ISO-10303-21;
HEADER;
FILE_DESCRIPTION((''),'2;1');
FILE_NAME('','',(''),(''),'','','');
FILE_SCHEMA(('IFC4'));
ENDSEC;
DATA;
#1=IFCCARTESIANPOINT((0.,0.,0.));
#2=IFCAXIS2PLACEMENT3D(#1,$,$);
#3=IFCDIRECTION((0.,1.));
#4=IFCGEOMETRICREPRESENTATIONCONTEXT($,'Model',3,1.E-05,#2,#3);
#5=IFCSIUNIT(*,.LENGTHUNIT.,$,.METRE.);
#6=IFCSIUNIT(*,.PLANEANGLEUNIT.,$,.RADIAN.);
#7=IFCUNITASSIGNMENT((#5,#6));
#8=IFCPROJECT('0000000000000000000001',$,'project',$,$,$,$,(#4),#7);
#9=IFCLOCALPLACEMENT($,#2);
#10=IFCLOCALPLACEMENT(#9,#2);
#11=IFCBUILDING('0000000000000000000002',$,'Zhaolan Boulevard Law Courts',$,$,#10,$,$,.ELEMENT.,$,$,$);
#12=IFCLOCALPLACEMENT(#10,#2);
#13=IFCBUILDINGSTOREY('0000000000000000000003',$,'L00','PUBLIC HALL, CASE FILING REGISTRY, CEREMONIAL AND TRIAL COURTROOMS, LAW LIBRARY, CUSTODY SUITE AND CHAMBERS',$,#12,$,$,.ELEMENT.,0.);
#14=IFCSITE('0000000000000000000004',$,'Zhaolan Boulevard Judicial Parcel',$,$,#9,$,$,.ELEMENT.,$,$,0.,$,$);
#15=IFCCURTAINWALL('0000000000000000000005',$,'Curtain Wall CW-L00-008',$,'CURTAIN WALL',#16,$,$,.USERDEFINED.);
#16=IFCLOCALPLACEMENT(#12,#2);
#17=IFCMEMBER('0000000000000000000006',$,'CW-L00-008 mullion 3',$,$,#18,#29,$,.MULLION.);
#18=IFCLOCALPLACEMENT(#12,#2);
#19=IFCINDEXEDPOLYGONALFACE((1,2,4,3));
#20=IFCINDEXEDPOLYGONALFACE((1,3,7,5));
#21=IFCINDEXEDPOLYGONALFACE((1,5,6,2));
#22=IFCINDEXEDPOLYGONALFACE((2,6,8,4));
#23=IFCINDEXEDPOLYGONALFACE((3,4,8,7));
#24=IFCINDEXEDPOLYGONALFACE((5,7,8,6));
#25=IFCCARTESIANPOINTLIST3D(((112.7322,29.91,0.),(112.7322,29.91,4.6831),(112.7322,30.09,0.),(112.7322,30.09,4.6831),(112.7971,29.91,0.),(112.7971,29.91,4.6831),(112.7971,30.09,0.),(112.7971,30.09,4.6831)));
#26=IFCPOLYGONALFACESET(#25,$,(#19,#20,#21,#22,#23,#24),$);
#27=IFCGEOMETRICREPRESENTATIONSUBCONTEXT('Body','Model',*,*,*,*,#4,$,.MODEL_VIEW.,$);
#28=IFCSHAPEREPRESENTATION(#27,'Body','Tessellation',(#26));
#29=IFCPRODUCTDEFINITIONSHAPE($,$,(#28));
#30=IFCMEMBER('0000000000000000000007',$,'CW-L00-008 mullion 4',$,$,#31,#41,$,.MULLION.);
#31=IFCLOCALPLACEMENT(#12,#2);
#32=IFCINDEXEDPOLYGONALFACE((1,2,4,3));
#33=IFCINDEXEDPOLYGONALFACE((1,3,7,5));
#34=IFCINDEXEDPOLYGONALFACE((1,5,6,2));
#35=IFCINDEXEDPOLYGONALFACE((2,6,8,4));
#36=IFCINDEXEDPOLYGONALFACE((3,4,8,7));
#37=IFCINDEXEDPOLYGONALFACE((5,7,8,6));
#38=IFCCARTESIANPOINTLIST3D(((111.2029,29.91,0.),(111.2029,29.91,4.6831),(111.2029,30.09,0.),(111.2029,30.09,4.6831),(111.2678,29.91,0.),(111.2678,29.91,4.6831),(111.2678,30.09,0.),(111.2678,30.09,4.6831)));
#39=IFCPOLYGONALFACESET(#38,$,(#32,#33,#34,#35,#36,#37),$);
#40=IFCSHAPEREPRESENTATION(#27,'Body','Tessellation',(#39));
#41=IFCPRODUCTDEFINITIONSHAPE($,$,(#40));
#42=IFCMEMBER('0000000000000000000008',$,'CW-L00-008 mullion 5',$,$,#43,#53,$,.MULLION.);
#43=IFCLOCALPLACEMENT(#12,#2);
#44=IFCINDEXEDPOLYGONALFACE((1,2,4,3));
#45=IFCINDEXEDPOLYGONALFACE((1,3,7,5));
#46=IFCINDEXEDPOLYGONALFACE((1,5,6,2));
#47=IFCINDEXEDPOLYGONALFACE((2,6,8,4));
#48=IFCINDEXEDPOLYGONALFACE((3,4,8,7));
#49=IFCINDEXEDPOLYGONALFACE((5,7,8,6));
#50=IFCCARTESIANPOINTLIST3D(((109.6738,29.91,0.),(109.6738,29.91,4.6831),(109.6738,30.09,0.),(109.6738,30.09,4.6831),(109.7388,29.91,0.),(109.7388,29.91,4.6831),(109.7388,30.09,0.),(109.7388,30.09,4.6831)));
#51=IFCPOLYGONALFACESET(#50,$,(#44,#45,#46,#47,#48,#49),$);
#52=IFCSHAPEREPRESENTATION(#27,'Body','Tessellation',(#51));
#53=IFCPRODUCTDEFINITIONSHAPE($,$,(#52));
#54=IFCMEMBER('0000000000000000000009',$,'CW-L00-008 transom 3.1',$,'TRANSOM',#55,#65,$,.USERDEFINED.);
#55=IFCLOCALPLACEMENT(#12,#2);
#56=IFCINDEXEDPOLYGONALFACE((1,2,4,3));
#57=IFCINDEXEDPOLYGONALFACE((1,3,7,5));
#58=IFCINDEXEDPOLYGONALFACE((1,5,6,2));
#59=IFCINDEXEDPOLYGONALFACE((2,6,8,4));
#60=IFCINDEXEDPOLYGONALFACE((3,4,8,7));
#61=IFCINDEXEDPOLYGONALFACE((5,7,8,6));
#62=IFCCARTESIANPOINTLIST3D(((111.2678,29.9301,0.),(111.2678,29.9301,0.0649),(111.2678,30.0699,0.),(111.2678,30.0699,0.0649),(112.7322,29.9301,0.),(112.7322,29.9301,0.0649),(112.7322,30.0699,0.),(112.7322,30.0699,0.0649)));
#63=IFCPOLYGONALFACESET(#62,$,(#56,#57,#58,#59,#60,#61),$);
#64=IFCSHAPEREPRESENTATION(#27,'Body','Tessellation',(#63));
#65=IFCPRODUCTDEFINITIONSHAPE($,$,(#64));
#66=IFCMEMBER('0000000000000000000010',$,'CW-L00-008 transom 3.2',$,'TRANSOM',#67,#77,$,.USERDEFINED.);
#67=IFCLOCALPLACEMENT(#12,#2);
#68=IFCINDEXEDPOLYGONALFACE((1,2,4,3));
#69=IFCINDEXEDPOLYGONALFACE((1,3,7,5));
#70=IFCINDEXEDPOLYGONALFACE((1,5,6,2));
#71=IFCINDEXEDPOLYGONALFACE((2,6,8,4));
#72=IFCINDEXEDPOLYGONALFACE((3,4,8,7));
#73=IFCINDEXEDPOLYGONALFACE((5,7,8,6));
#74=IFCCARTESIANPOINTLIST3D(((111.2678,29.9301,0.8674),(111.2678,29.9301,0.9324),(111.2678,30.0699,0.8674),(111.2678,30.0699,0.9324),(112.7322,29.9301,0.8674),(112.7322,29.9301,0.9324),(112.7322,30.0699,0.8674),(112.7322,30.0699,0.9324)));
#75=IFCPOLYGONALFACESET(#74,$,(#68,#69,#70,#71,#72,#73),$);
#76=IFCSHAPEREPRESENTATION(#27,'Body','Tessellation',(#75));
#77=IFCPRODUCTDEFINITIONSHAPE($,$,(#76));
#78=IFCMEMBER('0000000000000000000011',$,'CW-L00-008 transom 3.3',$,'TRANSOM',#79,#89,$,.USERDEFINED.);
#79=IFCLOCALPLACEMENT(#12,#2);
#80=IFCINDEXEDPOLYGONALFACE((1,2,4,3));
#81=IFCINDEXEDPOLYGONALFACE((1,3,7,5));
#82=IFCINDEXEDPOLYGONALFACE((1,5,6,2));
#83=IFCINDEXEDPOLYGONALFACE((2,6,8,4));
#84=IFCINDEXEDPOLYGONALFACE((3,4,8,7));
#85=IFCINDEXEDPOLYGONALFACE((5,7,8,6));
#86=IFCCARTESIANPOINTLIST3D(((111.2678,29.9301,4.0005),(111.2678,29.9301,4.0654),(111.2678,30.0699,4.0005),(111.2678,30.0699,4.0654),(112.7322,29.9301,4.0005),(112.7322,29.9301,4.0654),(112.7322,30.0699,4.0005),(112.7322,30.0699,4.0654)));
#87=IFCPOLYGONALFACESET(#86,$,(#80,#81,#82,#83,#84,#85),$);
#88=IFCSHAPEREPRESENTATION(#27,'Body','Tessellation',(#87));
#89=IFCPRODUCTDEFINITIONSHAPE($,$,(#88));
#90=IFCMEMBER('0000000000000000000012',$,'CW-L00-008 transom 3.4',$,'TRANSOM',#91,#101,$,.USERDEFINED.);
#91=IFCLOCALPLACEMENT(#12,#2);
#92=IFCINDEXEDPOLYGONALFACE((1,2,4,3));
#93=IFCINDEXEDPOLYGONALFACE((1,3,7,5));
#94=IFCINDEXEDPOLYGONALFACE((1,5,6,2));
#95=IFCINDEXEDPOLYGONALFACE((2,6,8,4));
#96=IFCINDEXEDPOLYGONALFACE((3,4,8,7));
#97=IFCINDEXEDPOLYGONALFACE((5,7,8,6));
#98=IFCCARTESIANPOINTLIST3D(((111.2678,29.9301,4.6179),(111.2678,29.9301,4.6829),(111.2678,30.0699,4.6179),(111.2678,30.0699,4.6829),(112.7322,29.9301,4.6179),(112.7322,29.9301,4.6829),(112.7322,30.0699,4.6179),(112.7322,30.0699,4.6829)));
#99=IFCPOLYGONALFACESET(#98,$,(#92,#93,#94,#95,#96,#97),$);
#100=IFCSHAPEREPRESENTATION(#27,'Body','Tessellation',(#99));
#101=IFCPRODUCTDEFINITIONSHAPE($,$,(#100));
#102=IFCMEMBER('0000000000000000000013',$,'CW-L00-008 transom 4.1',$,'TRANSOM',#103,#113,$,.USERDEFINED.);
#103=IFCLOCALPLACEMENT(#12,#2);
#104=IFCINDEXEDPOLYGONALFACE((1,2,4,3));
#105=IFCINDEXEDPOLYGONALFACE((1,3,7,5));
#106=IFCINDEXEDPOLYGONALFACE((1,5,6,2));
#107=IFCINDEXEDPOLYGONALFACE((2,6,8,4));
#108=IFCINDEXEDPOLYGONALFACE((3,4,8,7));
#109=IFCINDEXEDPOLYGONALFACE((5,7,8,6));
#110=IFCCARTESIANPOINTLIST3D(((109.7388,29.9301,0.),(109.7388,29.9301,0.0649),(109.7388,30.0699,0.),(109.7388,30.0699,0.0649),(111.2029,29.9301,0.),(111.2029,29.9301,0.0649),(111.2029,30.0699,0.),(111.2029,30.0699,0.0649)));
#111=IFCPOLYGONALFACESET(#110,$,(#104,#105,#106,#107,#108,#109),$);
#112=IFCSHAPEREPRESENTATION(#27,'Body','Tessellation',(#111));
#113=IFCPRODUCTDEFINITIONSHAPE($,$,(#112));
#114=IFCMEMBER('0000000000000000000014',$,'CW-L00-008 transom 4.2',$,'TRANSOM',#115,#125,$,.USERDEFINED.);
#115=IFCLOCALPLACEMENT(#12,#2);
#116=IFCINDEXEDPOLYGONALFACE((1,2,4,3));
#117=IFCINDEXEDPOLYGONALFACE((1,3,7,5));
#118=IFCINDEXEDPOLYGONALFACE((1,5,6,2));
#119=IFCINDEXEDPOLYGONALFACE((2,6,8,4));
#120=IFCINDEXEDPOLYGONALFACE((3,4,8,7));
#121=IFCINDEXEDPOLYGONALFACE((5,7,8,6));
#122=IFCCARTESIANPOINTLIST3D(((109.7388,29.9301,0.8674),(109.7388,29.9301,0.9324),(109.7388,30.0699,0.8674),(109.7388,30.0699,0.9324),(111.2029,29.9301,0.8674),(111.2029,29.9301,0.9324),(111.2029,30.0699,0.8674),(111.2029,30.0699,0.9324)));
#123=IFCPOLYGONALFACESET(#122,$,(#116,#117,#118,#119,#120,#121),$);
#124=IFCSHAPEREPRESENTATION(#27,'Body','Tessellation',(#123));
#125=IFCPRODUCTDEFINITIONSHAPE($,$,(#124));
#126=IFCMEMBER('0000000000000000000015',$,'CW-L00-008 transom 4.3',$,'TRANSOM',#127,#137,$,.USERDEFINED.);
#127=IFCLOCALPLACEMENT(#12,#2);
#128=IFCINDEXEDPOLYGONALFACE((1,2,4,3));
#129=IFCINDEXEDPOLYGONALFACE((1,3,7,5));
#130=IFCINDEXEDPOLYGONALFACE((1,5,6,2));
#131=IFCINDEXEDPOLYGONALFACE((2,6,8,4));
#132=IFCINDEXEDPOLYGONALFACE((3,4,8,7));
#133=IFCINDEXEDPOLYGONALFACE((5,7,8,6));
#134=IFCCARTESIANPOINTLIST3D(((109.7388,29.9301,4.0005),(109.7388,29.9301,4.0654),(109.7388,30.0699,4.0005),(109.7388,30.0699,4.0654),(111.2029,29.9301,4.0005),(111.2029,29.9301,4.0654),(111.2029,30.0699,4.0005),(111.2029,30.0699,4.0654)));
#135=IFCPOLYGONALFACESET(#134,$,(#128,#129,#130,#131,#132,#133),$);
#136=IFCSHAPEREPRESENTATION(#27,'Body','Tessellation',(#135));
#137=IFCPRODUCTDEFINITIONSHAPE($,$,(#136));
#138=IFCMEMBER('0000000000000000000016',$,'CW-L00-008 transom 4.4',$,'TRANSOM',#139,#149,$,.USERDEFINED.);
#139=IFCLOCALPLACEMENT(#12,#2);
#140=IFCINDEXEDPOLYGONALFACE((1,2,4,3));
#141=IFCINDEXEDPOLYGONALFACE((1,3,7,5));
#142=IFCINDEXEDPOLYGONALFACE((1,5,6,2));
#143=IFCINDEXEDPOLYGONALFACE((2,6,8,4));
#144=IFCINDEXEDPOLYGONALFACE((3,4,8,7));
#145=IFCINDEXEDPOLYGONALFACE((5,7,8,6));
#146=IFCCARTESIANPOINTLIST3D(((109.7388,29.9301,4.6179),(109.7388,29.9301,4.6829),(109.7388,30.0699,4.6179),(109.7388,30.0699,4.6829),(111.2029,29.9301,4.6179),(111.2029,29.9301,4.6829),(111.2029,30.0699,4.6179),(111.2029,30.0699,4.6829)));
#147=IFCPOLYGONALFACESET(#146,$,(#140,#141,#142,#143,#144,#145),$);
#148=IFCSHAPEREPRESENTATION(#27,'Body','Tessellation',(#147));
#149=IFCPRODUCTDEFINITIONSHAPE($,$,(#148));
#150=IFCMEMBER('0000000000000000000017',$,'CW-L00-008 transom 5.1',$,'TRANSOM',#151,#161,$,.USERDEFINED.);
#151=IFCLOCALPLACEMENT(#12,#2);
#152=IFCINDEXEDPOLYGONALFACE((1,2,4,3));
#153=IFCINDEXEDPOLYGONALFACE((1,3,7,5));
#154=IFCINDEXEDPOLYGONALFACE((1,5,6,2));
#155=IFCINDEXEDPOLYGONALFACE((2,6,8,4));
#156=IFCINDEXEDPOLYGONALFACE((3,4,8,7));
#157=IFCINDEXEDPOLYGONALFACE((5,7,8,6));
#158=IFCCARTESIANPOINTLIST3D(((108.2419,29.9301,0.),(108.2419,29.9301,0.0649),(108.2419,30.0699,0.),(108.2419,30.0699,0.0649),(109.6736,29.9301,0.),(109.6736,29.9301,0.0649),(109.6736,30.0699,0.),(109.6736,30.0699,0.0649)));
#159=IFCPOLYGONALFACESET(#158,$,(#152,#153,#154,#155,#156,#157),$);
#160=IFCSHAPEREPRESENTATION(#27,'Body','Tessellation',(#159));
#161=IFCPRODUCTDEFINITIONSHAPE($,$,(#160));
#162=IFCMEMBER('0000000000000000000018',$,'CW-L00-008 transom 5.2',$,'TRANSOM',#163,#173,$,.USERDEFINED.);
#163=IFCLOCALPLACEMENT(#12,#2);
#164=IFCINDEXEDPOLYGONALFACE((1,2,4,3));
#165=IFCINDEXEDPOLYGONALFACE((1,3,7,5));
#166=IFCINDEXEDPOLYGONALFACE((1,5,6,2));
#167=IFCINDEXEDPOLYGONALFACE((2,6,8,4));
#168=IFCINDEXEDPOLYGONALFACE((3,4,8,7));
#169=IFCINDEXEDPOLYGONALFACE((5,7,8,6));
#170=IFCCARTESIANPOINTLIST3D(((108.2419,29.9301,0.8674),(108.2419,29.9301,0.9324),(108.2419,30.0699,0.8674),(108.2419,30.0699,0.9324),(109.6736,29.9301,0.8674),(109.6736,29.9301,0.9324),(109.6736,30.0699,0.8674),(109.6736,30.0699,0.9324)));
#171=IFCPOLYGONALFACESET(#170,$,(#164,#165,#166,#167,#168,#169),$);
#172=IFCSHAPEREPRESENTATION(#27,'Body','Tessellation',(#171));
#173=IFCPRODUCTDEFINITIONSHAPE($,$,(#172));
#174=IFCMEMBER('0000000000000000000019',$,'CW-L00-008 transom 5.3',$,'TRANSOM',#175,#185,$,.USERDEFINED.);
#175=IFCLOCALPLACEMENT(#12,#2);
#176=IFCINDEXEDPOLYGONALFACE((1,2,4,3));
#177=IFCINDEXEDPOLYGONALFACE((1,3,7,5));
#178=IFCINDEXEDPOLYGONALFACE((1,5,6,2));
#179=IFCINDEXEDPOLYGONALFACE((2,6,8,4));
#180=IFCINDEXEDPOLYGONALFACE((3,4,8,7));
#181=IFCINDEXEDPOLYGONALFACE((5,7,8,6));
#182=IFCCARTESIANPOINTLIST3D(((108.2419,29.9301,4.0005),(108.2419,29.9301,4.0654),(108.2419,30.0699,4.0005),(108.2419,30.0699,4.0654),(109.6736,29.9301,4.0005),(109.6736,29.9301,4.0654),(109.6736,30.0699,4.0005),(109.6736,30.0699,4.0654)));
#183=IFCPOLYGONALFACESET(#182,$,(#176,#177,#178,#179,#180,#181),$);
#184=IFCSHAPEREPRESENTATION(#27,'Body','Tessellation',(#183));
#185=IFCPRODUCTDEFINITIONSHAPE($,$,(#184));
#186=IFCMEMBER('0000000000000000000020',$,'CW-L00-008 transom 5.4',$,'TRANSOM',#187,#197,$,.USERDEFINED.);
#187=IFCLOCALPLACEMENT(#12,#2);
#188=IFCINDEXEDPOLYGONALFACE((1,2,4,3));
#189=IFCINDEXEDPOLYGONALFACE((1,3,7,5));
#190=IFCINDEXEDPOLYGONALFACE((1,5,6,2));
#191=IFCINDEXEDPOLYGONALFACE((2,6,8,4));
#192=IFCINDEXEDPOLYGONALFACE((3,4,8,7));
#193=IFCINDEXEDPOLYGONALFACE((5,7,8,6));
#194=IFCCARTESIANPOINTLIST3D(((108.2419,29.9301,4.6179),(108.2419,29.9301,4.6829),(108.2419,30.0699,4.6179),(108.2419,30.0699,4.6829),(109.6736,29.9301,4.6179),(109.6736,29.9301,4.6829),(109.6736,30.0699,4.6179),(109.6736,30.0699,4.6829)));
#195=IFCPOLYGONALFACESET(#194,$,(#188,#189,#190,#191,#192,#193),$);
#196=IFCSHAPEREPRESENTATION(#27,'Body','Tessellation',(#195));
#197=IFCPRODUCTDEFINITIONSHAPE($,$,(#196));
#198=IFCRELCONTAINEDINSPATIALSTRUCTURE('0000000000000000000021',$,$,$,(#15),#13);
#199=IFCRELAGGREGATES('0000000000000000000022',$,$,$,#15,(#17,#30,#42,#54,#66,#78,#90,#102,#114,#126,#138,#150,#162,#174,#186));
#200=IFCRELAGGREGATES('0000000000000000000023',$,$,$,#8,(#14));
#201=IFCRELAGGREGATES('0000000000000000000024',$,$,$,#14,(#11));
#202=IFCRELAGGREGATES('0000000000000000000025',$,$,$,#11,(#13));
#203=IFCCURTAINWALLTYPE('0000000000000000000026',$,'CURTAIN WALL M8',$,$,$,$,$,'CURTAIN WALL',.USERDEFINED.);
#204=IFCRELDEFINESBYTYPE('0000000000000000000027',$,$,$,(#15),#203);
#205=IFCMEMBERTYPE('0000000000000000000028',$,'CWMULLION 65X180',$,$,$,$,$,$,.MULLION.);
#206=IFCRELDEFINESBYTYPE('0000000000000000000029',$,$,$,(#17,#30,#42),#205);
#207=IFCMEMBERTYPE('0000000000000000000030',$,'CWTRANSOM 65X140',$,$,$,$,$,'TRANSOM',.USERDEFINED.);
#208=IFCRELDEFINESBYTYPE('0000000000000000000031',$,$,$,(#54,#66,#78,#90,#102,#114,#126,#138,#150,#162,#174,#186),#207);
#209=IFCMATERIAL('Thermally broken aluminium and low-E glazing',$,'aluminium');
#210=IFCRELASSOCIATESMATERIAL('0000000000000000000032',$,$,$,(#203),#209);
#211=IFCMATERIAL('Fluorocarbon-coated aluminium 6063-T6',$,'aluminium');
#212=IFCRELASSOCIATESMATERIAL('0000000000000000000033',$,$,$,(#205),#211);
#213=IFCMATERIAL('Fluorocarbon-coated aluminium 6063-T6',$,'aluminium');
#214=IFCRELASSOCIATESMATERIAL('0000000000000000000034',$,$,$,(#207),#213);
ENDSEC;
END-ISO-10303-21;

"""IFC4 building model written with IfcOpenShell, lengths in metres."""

from ifc_helpers import new_model, si_unit, direction, frame, origin, origin_2d, place, context, subcontext, project, spatial, rectangle, extrude, material, material_profile, profile_set, type_object, element, aggregate, save


model = new_model("IFC4")

# Units and contexts
model_context = context("Model", 3, precision=1e-05, world=origin(), true_north=direction((0.0, 1.0)))
body_context = subcontext(model_context, "Body", "Model", "MODEL_VIEW")
ifc_project = project(units=[si_unit("LENGTHUNIT", "METRE"), si_unit("PLANEANGLEUNIT", "RADIAN")], contexts=[model_context])

# Site, building, storey
site_placement = place(None, origin())
site = spatial("IfcSite", under=ifc_project, at=site_placement, Name="Zhaolan Boulevard Judicial Parcel", CompositionType="ELEMENT", RefElevation=0.0)
building_placement = place(site_placement, origin())
building = spatial("IfcBuilding", under=site, at=building_placement, Name="Zhaolan Boulevard Law Courts", CompositionType="ELEMENT")
storey_placement = place(building_placement, origin())
storey = spatial("IfcBuildingStorey", under=building, at=storey_placement, Name="L00", Description="PUBLIC HALL, CASE FILING REGISTRY, CEREMONIAL AND TRIAL COURTROOMS, LAW LIBRARY, CUSTODY SUITE AND CHAMBERS", CompositionType="ELEMENT", Elevation=0.0)

# Curtain wall, members
ifc_material_1 = material(Name="Thermally broken aluminium and low-E glazing", Category="aluminium")
curtain_wall_type = type_object("IfcCurtainWallType", Name="CURTAIN WALL M8", ElementType="CURTAIN WALL", PredefinedType="USERDEFINED", material=ifc_material_1)
curtain_wall_placement = place(storey_placement, origin())
curtain_wall = element("IfcCurtainWall", 1, at=curtain_wall_placement, inside=storey, type_object=curtain_wall_type, Name="Curtain Wall CW-L00-008", ObjectType="CURTAIN WALL", PredefinedType="USERDEFINED")
ifc_material_2 = material(Name="Fluorocarbon-coated aluminium 6063-T6", Category="aluminium")
ifc_material_profile_1 = material_profile(ifc_material_2, rectangle(XDim=0.1799, YDim=0.0649, at=origin_2d()), Name="AL65x180")
ifc_profile_set_1 = profile_set([ifc_material_profile_1], Name="Fluorocarbon-coated aluminium 6063-T6")
member_type_1 = type_object("IfcMemberType", Name="CWMULLION 65X180", PredefinedType="MULLION", material=ifc_profile_set_1)
member_1_placement = place(storey_placement, frame((112.7646, 30.0, 0.0), z_axis=(0.0, 0.0, 1.0), x_axis=(0.0, -1.0, 0.0)))
member_1 = element("IfcMember", 2, at=member_1_placement, type_object=member_type_1, Name="CW-L00-008 mullion 3", PredefinedType="MULLION", context=body_context, shape_type="SweptSolid", body=[
    extrude(rectangle(XDim=0.1799, YDim=0.0649, at=origin_2d()), origin(), (0.0, 0.0, 1.0), 4.6831),
])
member_2_placement = place(storey_placement, frame((111.2354, 30.0, 0.0), z_axis=(0.0, 0.0, 1.0), x_axis=(0.0, -1.0, 0.0)))
member_2 = element("IfcMember", 3, at=member_2_placement, type_object=member_type_1, Name="CW-L00-008 mullion 4", PredefinedType="MULLION", context=body_context, shape_type="SweptSolid", body=[
    extrude(rectangle(XDim=0.1799, YDim=0.0649, at=origin_2d()), origin(), (0.0, 0.0, 1.0), 4.6831),
])
member_3_placement = place(storey_placement, frame((109.7063, 30.0, 0.0), z_axis=(0.0, 0.0, 1.0), x_axis=(0.0, -1.0, 0.0)))
member_3 = element("IfcMember", 4, at=member_3_placement, type_object=member_type_1, Name="CW-L00-008 mullion 5", PredefinedType="MULLION", context=body_context, shape_type="SweptSolid", body=[
    extrude(rectangle(XDim=0.1799, YDim=0.0649, at=origin_2d()), origin(), (0.0, 0.0, 1.0), 4.6831),
])
ifc_material_3 = material(Name="Fluorocarbon-coated aluminium 6063-T6", Category="aluminium")
ifc_material_profile_2 = material_profile(ifc_material_3, rectangle(XDim=0.1399, YDim=0.0649, at=origin_2d()), Name="AL65x140")
ifc_profile_set_2 = profile_set([ifc_material_profile_2], Name="Fluorocarbon-coated aluminium 6063-T6")
member_type_2 = type_object("IfcMemberType", Name="CWTRANSOM 65X140", ElementType="TRANSOM", PredefinedType="USERDEFINED", material=ifc_profile_set_2)
member_4_placement = place(storey_placement, frame((112.7322, 30.0, 0.0325), z_axis=(-1.0, 0.0, 0.0), x_axis=(0.0, -1.0, 0.0)))
member_4 = element("IfcMember", 5, at=member_4_placement, type_object=member_type_2, Name="CW-L00-008 transom 3.1", ObjectType="TRANSOM", PredefinedType="USERDEFINED", context=body_context, shape_type="SweptSolid", body=[
    extrude(rectangle(XDim=0.1399, YDim=0.0649, at=origin_2d()), origin(), (0.0, 0.0, 1.0), 1.4644),
])
member_5_placement = place(storey_placement, frame((112.7322, 30.0, 0.8999), z_axis=(-1.0, 0.0, 0.0), x_axis=(0.0, -1.0, 0.0)))
member_5 = element("IfcMember", 6, at=member_5_placement, type_object=member_type_2, Name="CW-L00-008 transom 3.2", ObjectType="TRANSOM", PredefinedType="USERDEFINED", context=body_context, shape_type="SweptSolid", body=[
    extrude(rectangle(XDim=0.1399, YDim=0.0649, at=origin_2d()), origin(), (0.0, 0.0, 1.0), 1.4644),
])
member_6_placement = place(storey_placement, frame((112.7322, 30.0, 4.033), z_axis=(-1.0, 0.0, 0.0), x_axis=(0.0, -1.0, 0.0)))
member_6 = element("IfcMember", 7, at=member_6_placement, type_object=member_type_2, Name="CW-L00-008 transom 3.3", ObjectType="TRANSOM", PredefinedType="USERDEFINED", context=body_context, shape_type="SweptSolid", body=[
    extrude(rectangle(XDim=0.1399, YDim=0.0649, at=origin_2d()), origin(), (0.0, 0.0, 1.0), 1.4644),
])
member_7_placement = place(storey_placement, frame((112.7322, 30.0, 4.6504), z_axis=(-1.0, 0.0, 0.0), x_axis=(0.0, -1.0, 0.0)))
member_7 = element("IfcMember", 8, at=member_7_placement, type_object=member_type_2, Name="CW-L00-008 transom 3.4", ObjectType="TRANSOM", PredefinedType="USERDEFINED", context=body_context, shape_type="SweptSolid", body=[
    extrude(rectangle(XDim=0.1399, YDim=0.0649, at=origin_2d()), origin(), (0.0, 0.0, 1.0), 1.4644),
])
member_8_placement = place(storey_placement, frame((111.2029, 30.0, 0.0325), z_axis=(-1.0, 0.0, 0.0), x_axis=(0.0, -1.0, 0.0)))
member_8 = element("IfcMember", 9, at=member_8_placement, type_object=member_type_2, Name="CW-L00-008 transom 4.1", ObjectType="TRANSOM", PredefinedType="USERDEFINED", context=body_context, shape_type="SweptSolid", body=[
    extrude(rectangle(XDim=0.1399, YDim=0.0649, at=origin_2d()), origin(), (0.0, 0.0, 1.0), 1.4641),
])
member_9_placement = place(storey_placement, frame((111.2029, 30.0, 0.8999), z_axis=(-1.0, 0.0, 0.0), x_axis=(0.0, -1.0, 0.0)))
member_9 = element("IfcMember", 10, at=member_9_placement, type_object=member_type_2, Name="CW-L00-008 transom 4.2", ObjectType="TRANSOM", PredefinedType="USERDEFINED", context=body_context, shape_type="SweptSolid", body=[
    extrude(rectangle(XDim=0.1399, YDim=0.0649, at=origin_2d()), origin(), (0.0, 0.0, 1.0), 1.4641),
])
member_10_placement = place(storey_placement, frame((111.2029, 30.0, 4.033), z_axis=(-1.0, 0.0, 0.0), x_axis=(0.0, -1.0, 0.0)))
member_10 = element("IfcMember", 11, at=member_10_placement, type_object=member_type_2, Name="CW-L00-008 transom 4.3", ObjectType="TRANSOM", PredefinedType="USERDEFINED", context=body_context, shape_type="SweptSolid", body=[
    extrude(rectangle(XDim=0.1399, YDim=0.0649, at=origin_2d()), origin(), (0.0, 0.0, 1.0), 1.4641),
])
member_11_placement = place(storey_placement, frame((111.2029, 30.0, 4.6504), z_axis=(-1.0, 0.0, 0.0), x_axis=(0.0, -1.0, 0.0)))
member_11 = element("IfcMember", 12, at=member_11_placement, type_object=member_type_2, Name="CW-L00-008 transom 4.4", ObjectType="TRANSOM", PredefinedType="USERDEFINED", context=body_context, shape_type="SweptSolid", body=[
    extrude(rectangle(XDim=0.1399, YDim=0.0649, at=origin_2d()), origin(), (0.0, 0.0, 1.0), 1.4641),
])
member_12_placement = place(storey_placement, frame((109.6736, 30.0, 0.0325), z_axis=(-1.0, 0.0, 0.0), x_axis=(0.0, -1.0, 0.0)))
member_12 = element("IfcMember", 13, at=member_12_placement, type_object=member_type_2, Name="CW-L00-008 transom 5.1", ObjectType="TRANSOM", PredefinedType="USERDEFINED", context=body_context, shape_type="SweptSolid", body=[
    extrude(rectangle(XDim=0.1399, YDim=0.0649, at=origin_2d()), origin(), (0.0, 0.0, 1.0), 1.4316),
])
member_13_placement = place(storey_placement, frame((109.6736, 30.0, 0.8999), z_axis=(-1.0, 0.0, 0.0), x_axis=(0.0, -1.0, 0.0)))
member_13 = element("IfcMember", 14, at=member_13_placement, type_object=member_type_2, Name="CW-L00-008 transom 5.2", ObjectType="TRANSOM", PredefinedType="USERDEFINED", context=body_context, shape_type="SweptSolid", body=[
    extrude(rectangle(XDim=0.1399, YDim=0.0649, at=origin_2d()), origin(), (0.0, 0.0, 1.0), 1.4316),
])
member_14_placement = place(storey_placement, frame((109.6736, 30.0, 4.033), z_axis=(-1.0, 0.0, 0.0), x_axis=(0.0, -1.0, 0.0)))
member_14 = element("IfcMember", 15, at=member_14_placement, type_object=member_type_2, Name="CW-L00-008 transom 5.3", ObjectType="TRANSOM", PredefinedType="USERDEFINED", context=body_context, shape_type="SweptSolid", body=[
    extrude(rectangle(XDim=0.1399, YDim=0.0649, at=origin_2d()), origin(), (0.0, 0.0, 1.0), 1.4316),
])
member_15_placement = place(storey_placement, frame((109.6736, 30.0, 4.6504), z_axis=(-1.0, 0.0, 0.0), x_axis=(0.0, -1.0, 0.0)))
member_15 = element("IfcMember", 16, at=member_15_placement, type_object=member_type_2, Name="CW-L00-008 transom 5.4", ObjectType="TRANSOM", PredefinedType="USERDEFINED", context=body_context, shape_type="SweptSolid", body=[
    extrude(rectangle(XDim=0.1399, YDim=0.0649, at=origin_2d()), origin(), (0.0, 0.0, 1.0), 1.4316),
])
aggregate(curtain_wall, [member_1, member_2, member_3, member_4, member_5, member_6, member_7, member_8, member_9, member_10, member_11, member_12, member_13, member_14, member_15])

save(model, "model.ifc")
